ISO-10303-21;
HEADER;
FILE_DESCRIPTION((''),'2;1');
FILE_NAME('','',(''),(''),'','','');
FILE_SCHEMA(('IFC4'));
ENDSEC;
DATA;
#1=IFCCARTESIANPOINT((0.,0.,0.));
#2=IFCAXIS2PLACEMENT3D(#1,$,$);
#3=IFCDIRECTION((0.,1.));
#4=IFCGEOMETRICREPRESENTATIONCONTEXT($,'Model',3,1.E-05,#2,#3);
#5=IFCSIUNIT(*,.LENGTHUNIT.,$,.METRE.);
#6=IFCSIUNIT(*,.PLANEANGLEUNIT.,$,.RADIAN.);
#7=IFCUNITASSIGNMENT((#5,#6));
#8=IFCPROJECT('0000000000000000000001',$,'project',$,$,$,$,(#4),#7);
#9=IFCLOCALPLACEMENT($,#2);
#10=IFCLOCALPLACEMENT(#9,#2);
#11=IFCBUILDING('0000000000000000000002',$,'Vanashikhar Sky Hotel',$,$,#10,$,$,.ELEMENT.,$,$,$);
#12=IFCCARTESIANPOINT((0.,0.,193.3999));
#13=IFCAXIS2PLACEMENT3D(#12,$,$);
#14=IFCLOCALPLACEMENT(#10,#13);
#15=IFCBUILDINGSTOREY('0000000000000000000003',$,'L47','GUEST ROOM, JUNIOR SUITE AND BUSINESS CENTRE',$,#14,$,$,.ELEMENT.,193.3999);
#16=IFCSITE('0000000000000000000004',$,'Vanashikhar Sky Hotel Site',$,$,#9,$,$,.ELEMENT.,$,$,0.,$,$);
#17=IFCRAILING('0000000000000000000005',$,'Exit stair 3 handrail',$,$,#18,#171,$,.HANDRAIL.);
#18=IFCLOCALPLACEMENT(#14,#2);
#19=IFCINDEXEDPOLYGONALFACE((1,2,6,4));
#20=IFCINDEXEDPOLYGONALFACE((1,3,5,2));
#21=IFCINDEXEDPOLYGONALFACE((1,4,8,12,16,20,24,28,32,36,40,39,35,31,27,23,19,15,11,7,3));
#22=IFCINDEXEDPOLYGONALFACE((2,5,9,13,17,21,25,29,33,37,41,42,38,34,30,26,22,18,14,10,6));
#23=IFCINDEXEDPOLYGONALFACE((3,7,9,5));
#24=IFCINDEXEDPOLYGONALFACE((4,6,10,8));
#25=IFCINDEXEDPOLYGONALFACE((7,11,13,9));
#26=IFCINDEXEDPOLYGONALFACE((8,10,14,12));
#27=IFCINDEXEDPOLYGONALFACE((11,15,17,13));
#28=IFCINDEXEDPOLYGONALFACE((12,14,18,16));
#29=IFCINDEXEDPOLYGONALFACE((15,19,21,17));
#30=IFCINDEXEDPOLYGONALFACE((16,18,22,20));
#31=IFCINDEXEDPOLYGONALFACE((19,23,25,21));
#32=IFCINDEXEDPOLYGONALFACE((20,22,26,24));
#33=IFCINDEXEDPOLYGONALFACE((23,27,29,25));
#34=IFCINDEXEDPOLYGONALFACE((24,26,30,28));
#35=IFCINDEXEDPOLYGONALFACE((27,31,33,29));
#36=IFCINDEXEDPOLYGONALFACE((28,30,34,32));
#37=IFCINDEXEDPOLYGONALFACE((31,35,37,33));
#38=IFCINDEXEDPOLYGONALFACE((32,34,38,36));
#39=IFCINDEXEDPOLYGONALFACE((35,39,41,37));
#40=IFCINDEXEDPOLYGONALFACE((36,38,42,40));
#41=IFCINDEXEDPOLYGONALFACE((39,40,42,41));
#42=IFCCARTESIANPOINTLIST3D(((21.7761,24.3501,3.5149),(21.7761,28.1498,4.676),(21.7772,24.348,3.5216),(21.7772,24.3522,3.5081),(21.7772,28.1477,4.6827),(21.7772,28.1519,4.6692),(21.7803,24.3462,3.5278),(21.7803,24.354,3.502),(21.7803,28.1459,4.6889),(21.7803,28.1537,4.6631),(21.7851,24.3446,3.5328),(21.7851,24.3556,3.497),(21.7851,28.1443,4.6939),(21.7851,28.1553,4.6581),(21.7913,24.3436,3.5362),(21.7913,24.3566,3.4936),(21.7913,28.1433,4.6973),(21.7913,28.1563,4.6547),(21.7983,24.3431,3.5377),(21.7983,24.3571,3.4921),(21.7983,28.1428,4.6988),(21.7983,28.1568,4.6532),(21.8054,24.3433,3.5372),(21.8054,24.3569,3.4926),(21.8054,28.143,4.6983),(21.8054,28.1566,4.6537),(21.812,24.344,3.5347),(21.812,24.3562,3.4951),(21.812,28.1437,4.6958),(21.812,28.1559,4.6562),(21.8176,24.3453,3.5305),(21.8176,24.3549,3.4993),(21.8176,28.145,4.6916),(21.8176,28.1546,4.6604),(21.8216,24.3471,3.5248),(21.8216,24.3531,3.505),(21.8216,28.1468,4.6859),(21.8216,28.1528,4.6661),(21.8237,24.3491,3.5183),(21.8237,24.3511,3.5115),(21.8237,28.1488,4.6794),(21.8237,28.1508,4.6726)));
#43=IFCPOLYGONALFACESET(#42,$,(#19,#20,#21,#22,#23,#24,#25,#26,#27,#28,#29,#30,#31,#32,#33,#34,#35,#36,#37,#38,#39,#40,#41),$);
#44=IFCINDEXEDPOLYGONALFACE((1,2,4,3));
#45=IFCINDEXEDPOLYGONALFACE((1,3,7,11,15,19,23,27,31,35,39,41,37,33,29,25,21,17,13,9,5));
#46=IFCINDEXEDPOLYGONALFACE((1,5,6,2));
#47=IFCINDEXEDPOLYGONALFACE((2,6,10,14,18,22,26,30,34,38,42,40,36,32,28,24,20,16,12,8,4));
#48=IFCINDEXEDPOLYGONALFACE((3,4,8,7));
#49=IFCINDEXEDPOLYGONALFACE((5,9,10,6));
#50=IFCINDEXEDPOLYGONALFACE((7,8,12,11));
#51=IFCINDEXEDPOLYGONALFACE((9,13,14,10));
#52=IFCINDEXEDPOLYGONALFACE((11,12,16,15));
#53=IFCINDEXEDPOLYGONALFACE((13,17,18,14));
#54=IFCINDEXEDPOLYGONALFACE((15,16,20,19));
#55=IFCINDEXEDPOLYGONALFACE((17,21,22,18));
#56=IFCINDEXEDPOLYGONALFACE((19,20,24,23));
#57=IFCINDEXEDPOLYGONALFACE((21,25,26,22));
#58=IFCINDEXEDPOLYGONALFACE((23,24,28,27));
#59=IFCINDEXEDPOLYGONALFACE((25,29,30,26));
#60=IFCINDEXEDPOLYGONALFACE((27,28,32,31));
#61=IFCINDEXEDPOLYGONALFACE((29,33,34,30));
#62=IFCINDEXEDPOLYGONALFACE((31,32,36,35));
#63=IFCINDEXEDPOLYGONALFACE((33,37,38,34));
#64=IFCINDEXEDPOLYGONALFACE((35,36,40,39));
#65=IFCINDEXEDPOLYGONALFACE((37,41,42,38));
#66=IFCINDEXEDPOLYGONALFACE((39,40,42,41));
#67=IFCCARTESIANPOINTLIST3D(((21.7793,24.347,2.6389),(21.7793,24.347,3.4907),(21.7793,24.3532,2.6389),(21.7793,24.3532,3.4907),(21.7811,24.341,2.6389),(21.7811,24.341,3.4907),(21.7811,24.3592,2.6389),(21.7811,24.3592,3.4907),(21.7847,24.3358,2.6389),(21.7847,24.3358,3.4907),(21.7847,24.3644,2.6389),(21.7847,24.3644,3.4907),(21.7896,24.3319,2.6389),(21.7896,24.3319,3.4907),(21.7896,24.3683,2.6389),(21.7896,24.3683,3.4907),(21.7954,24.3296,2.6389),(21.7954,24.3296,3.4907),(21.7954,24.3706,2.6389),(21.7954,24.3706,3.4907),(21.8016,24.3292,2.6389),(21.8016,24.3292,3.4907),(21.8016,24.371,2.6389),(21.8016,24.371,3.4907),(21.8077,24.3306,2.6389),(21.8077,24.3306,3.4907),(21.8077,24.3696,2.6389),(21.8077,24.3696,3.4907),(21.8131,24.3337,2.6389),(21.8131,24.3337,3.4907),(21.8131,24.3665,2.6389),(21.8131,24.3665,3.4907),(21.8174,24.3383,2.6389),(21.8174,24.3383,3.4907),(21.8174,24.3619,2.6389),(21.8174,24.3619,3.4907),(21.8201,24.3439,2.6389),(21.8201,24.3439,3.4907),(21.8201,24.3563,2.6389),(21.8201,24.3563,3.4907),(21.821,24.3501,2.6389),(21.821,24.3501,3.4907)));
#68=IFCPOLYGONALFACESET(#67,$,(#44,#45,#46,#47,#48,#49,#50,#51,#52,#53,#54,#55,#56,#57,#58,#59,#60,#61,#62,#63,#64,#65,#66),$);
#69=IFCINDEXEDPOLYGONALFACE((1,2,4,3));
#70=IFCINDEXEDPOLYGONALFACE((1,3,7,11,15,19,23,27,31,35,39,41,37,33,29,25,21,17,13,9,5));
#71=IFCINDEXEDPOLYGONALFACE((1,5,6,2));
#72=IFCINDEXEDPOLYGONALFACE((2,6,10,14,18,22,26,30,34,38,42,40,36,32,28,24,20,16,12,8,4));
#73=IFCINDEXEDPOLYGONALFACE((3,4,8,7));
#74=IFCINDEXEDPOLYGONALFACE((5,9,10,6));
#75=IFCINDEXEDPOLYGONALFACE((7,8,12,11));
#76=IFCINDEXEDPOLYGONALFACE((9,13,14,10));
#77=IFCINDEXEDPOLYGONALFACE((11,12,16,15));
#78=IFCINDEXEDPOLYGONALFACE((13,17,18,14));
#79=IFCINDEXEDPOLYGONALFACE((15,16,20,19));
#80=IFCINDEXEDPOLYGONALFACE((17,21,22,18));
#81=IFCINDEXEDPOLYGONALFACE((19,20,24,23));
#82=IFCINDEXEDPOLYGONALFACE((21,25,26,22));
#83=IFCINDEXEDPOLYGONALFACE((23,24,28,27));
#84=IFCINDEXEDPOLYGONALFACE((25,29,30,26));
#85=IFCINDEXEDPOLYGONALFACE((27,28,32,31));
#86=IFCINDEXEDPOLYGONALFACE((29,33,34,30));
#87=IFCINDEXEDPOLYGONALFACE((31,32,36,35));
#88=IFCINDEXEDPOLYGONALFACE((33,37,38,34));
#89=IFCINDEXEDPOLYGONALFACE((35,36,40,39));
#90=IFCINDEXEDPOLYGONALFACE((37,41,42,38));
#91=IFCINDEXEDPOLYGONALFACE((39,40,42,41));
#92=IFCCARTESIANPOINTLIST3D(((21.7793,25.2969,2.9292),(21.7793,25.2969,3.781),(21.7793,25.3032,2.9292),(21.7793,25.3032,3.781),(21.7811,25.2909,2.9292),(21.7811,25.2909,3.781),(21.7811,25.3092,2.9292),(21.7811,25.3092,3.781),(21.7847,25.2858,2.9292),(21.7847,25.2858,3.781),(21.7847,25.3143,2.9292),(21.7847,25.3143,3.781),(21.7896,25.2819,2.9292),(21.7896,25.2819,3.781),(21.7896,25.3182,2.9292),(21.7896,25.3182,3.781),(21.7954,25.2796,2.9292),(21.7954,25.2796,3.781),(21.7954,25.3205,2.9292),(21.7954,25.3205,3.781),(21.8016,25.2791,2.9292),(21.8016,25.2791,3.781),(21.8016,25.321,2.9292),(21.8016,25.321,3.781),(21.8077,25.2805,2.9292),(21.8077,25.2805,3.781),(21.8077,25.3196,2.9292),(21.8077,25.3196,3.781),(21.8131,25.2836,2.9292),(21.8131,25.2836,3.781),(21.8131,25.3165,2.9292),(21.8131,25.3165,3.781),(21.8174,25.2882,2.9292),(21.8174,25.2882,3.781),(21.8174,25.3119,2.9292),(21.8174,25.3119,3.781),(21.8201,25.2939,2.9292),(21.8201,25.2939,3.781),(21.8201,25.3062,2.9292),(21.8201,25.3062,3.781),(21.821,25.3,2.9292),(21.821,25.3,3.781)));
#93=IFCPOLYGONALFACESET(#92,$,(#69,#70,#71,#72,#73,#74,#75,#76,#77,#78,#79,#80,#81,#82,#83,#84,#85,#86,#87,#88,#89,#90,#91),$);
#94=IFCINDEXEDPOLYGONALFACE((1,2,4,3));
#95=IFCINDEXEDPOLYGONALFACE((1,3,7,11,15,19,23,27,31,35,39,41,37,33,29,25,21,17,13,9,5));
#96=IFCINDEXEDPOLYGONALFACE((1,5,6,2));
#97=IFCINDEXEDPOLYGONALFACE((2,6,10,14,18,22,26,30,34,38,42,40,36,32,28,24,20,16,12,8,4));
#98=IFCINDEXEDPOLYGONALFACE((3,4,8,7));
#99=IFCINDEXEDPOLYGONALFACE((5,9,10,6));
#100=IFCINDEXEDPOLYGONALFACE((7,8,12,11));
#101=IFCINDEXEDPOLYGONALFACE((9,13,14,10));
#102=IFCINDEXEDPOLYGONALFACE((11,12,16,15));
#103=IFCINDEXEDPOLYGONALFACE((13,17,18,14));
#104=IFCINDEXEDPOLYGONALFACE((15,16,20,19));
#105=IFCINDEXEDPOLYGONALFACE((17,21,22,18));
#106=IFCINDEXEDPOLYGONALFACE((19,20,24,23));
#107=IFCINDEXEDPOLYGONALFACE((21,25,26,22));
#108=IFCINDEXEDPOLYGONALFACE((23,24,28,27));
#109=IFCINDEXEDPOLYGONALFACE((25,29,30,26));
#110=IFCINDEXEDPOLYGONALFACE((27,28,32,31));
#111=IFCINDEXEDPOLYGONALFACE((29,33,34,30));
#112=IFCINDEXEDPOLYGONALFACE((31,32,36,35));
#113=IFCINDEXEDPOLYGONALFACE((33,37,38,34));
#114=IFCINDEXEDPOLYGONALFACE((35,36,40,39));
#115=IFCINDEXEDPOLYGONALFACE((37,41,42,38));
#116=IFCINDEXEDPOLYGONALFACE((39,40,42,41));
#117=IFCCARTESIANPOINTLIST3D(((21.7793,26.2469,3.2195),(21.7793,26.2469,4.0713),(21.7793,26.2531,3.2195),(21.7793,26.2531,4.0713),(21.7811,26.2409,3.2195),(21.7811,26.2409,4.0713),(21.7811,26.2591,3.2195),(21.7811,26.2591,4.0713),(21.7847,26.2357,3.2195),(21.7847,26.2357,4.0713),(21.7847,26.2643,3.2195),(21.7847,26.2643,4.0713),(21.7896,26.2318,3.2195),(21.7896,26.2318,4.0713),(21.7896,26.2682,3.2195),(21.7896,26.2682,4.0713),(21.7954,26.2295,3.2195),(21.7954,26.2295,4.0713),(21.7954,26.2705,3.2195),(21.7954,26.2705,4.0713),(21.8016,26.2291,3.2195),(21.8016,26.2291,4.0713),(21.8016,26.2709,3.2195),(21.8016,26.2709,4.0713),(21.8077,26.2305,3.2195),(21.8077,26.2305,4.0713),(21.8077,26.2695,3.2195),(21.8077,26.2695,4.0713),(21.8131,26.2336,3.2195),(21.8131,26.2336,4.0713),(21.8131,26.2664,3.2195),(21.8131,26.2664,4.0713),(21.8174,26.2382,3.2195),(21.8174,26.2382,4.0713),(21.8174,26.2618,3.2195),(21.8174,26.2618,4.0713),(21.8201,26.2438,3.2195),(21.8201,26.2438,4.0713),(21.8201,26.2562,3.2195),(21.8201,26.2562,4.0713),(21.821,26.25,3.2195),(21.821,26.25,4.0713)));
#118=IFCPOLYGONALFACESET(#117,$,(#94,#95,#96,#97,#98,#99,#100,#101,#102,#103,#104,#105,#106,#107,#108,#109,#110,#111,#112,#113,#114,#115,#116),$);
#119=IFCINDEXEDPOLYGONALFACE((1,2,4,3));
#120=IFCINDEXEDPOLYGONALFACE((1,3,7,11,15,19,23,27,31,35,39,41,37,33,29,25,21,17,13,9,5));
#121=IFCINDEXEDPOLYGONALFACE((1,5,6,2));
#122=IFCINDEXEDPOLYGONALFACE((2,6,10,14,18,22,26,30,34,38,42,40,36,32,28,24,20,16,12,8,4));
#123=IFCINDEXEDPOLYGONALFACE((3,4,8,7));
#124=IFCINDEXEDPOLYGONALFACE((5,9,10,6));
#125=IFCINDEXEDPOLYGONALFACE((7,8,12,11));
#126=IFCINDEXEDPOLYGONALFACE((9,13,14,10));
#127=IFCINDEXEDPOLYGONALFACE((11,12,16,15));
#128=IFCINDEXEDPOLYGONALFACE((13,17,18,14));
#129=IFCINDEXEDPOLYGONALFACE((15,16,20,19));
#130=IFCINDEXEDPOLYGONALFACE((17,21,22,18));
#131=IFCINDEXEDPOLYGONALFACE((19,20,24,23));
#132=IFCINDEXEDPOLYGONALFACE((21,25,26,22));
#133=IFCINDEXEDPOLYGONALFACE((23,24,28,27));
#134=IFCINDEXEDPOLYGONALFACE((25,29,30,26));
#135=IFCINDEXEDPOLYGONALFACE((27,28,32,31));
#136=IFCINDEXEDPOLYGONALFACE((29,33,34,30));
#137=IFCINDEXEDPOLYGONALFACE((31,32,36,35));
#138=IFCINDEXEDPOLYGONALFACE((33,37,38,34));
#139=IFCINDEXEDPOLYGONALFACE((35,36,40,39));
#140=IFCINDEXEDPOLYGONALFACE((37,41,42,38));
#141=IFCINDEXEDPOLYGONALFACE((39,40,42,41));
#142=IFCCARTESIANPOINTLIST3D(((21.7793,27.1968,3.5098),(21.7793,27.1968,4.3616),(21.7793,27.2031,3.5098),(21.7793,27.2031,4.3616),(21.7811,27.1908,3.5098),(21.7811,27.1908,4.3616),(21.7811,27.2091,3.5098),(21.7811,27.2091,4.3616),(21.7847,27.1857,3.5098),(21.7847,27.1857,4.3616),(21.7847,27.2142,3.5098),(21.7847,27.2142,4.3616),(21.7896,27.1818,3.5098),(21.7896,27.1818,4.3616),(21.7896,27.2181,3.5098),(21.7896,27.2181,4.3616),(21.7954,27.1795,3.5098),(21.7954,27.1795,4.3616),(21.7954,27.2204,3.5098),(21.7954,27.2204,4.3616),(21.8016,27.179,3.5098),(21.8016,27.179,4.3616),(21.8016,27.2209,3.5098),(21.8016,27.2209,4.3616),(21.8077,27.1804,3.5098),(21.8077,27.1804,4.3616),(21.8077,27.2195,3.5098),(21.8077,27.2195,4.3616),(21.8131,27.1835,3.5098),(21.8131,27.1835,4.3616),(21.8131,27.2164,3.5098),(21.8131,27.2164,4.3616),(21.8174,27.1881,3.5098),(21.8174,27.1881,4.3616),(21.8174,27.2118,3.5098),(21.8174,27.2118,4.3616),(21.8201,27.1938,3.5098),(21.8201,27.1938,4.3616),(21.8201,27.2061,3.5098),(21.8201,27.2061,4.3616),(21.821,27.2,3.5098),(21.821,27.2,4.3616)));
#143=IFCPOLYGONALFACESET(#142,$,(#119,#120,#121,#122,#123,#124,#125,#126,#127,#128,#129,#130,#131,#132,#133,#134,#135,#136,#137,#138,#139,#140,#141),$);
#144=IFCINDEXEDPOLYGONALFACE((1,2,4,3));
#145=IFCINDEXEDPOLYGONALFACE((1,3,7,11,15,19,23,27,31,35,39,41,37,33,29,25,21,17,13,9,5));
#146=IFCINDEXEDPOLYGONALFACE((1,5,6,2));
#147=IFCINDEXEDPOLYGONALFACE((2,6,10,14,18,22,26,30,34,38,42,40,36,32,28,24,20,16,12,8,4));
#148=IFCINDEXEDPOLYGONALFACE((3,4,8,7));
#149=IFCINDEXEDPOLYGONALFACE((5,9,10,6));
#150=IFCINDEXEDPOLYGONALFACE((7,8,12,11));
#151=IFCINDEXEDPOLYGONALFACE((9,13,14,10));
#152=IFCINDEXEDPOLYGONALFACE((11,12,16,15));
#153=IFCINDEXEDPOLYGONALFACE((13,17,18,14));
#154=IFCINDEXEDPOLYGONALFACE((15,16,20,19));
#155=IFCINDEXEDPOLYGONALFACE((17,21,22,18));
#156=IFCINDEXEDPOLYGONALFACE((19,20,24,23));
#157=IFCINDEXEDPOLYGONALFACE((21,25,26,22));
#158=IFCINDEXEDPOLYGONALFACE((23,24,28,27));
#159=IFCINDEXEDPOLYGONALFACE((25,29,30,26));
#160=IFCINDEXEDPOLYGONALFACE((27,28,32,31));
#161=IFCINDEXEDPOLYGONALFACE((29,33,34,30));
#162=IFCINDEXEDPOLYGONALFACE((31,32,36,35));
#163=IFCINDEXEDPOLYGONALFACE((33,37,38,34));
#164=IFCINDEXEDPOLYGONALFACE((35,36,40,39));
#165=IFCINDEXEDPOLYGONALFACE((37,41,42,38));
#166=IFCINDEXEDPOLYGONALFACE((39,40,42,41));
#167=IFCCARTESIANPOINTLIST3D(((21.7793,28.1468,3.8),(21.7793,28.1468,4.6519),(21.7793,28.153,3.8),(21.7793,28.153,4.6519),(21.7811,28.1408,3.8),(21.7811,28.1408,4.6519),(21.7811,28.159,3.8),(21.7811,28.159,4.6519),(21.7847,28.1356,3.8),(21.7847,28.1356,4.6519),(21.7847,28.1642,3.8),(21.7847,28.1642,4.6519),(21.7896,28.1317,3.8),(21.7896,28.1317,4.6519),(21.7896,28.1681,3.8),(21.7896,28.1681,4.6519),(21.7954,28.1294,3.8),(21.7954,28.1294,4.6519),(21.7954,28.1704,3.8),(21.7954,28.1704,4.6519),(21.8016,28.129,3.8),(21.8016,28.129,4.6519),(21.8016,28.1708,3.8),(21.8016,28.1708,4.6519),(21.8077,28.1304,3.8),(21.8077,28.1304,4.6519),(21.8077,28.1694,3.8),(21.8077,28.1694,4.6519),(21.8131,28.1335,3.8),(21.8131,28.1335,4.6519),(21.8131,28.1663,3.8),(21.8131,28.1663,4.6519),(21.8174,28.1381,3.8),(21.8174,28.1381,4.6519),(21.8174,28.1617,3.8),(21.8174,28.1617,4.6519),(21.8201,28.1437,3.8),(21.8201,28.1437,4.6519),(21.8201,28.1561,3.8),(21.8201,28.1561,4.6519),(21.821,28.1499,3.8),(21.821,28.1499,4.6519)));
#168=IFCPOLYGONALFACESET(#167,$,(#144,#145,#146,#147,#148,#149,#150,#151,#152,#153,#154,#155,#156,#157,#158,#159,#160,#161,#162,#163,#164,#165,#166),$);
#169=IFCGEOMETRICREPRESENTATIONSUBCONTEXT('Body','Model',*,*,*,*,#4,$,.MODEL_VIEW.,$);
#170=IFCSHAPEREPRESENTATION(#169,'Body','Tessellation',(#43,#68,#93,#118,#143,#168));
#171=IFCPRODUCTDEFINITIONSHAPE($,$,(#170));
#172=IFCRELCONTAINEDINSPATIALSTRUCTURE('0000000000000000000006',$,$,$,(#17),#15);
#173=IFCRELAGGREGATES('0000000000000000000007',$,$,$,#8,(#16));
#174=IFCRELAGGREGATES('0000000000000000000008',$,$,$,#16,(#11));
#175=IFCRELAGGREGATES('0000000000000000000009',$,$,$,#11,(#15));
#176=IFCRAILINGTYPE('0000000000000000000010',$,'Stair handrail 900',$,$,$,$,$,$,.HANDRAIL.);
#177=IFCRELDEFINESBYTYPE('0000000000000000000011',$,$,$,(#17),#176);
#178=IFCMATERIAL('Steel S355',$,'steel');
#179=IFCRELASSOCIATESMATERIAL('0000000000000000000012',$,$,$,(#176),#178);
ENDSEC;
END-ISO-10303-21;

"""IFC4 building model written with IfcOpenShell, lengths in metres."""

from ifc_helpers import new_model, si_unit, direction, frame, origin, origin_2d, place, context, subcontext, project, spatial, circle, extrude, source, transform, mapped, material, type_object, element, save


model = new_model("IFC4")

# Units and contexts
model_context = context("Model", 3, precision=1e-05, world=origin(), true_north=direction((0.0, 1.0)))
body_context = subcontext(model_context, "Body", "Model", "MODEL_VIEW")
ifc_project = project(units=[si_unit("LENGTHUNIT", "METRE"), si_unit("PLANEANGLEUNIT", "RADIAN")], contexts=[model_context])

# Site, building, storey
site_placement = place(None, origin())
site = spatial("IfcSite", under=ifc_project, at=site_placement, Name="Vanashikhar Sky Hotel Site", CompositionType="ELEMENT", RefElevation=0.0)
building_placement = place(site_placement, origin())
building = spatial("IfcBuilding", under=site, at=building_placement, Name="Vanashikhar Sky Hotel", CompositionType="ELEMENT")
storey_placement = place(building_placement, frame((0.0, 0.0, 193.3999)))
storey = spatial("IfcBuildingStorey", under=building, at=storey_placement, Name="L47", Description="GUEST ROOM, JUNIOR SUITE AND BUSINESS CENTRE", CompositionType="ELEMENT", Elevation=193.3999)

# Railing
ifc_material_1 = material(Name="Steel S355", Category="steel")
railing_type = type_object("IfcRailingType", Name="Stair handrail 900", PredefinedType="HANDRAIL", material=ifc_material_1)
shared_shape_1 = source(origin(), body_context, "Body", "SweptSolid", [
    extrude(circle(Radius=0.0239, at=origin_2d()), frame((0.0, 0.0, 0.876), z_axis=(0.0, 0.956346, 0.292237), x_axis=(-1.0, 0.0, 0.0)), (0.0, 0.0, 1.0), 3.9731),
    extrude(circle(Radius=0.021, at=origin_2d()), origin(), (0.0, 0.0, 1.0), 0.8518),
    extrude(circle(Radius=0.021, at=origin_2d()), frame((0.0, 0.95, 0.2903)), (0.0, 0.0, 1.0), 0.8518),
    extrude(circle(Radius=0.021, at=origin_2d()), frame((0.0, 1.8999, 0.5806)), (0.0, 0.0, 1.0), 0.8518),
    extrude(circle(Radius=0.021, at=origin_2d()), frame((0.0, 2.8499, 0.8708)), (0.0, 0.0, 1.0), 0.8518),
    extrude(circle(Radius=0.021, at=origin_2d()), frame((0.0, 3.7998, 1.1611)), (0.0, 0.0, 1.0), 0.8518),
])
for number, where, name in (
    (1, (21.8, 24.3501, 2.6389), "Exit stair 3 handrail"),
):
    element("IfcRailing", number, at=place(storey_placement, frame(where)), inside=storey, type_object=railing_type, Name=name, PredefinedType="HANDRAIL", context=body_context, shape_type="MappedRepresentation", body=[
        mapped(shared_shape_1, transform((0.0, 0.0, 0.0), scale=1.0)),
    ])

save(model, "model.ifc")
